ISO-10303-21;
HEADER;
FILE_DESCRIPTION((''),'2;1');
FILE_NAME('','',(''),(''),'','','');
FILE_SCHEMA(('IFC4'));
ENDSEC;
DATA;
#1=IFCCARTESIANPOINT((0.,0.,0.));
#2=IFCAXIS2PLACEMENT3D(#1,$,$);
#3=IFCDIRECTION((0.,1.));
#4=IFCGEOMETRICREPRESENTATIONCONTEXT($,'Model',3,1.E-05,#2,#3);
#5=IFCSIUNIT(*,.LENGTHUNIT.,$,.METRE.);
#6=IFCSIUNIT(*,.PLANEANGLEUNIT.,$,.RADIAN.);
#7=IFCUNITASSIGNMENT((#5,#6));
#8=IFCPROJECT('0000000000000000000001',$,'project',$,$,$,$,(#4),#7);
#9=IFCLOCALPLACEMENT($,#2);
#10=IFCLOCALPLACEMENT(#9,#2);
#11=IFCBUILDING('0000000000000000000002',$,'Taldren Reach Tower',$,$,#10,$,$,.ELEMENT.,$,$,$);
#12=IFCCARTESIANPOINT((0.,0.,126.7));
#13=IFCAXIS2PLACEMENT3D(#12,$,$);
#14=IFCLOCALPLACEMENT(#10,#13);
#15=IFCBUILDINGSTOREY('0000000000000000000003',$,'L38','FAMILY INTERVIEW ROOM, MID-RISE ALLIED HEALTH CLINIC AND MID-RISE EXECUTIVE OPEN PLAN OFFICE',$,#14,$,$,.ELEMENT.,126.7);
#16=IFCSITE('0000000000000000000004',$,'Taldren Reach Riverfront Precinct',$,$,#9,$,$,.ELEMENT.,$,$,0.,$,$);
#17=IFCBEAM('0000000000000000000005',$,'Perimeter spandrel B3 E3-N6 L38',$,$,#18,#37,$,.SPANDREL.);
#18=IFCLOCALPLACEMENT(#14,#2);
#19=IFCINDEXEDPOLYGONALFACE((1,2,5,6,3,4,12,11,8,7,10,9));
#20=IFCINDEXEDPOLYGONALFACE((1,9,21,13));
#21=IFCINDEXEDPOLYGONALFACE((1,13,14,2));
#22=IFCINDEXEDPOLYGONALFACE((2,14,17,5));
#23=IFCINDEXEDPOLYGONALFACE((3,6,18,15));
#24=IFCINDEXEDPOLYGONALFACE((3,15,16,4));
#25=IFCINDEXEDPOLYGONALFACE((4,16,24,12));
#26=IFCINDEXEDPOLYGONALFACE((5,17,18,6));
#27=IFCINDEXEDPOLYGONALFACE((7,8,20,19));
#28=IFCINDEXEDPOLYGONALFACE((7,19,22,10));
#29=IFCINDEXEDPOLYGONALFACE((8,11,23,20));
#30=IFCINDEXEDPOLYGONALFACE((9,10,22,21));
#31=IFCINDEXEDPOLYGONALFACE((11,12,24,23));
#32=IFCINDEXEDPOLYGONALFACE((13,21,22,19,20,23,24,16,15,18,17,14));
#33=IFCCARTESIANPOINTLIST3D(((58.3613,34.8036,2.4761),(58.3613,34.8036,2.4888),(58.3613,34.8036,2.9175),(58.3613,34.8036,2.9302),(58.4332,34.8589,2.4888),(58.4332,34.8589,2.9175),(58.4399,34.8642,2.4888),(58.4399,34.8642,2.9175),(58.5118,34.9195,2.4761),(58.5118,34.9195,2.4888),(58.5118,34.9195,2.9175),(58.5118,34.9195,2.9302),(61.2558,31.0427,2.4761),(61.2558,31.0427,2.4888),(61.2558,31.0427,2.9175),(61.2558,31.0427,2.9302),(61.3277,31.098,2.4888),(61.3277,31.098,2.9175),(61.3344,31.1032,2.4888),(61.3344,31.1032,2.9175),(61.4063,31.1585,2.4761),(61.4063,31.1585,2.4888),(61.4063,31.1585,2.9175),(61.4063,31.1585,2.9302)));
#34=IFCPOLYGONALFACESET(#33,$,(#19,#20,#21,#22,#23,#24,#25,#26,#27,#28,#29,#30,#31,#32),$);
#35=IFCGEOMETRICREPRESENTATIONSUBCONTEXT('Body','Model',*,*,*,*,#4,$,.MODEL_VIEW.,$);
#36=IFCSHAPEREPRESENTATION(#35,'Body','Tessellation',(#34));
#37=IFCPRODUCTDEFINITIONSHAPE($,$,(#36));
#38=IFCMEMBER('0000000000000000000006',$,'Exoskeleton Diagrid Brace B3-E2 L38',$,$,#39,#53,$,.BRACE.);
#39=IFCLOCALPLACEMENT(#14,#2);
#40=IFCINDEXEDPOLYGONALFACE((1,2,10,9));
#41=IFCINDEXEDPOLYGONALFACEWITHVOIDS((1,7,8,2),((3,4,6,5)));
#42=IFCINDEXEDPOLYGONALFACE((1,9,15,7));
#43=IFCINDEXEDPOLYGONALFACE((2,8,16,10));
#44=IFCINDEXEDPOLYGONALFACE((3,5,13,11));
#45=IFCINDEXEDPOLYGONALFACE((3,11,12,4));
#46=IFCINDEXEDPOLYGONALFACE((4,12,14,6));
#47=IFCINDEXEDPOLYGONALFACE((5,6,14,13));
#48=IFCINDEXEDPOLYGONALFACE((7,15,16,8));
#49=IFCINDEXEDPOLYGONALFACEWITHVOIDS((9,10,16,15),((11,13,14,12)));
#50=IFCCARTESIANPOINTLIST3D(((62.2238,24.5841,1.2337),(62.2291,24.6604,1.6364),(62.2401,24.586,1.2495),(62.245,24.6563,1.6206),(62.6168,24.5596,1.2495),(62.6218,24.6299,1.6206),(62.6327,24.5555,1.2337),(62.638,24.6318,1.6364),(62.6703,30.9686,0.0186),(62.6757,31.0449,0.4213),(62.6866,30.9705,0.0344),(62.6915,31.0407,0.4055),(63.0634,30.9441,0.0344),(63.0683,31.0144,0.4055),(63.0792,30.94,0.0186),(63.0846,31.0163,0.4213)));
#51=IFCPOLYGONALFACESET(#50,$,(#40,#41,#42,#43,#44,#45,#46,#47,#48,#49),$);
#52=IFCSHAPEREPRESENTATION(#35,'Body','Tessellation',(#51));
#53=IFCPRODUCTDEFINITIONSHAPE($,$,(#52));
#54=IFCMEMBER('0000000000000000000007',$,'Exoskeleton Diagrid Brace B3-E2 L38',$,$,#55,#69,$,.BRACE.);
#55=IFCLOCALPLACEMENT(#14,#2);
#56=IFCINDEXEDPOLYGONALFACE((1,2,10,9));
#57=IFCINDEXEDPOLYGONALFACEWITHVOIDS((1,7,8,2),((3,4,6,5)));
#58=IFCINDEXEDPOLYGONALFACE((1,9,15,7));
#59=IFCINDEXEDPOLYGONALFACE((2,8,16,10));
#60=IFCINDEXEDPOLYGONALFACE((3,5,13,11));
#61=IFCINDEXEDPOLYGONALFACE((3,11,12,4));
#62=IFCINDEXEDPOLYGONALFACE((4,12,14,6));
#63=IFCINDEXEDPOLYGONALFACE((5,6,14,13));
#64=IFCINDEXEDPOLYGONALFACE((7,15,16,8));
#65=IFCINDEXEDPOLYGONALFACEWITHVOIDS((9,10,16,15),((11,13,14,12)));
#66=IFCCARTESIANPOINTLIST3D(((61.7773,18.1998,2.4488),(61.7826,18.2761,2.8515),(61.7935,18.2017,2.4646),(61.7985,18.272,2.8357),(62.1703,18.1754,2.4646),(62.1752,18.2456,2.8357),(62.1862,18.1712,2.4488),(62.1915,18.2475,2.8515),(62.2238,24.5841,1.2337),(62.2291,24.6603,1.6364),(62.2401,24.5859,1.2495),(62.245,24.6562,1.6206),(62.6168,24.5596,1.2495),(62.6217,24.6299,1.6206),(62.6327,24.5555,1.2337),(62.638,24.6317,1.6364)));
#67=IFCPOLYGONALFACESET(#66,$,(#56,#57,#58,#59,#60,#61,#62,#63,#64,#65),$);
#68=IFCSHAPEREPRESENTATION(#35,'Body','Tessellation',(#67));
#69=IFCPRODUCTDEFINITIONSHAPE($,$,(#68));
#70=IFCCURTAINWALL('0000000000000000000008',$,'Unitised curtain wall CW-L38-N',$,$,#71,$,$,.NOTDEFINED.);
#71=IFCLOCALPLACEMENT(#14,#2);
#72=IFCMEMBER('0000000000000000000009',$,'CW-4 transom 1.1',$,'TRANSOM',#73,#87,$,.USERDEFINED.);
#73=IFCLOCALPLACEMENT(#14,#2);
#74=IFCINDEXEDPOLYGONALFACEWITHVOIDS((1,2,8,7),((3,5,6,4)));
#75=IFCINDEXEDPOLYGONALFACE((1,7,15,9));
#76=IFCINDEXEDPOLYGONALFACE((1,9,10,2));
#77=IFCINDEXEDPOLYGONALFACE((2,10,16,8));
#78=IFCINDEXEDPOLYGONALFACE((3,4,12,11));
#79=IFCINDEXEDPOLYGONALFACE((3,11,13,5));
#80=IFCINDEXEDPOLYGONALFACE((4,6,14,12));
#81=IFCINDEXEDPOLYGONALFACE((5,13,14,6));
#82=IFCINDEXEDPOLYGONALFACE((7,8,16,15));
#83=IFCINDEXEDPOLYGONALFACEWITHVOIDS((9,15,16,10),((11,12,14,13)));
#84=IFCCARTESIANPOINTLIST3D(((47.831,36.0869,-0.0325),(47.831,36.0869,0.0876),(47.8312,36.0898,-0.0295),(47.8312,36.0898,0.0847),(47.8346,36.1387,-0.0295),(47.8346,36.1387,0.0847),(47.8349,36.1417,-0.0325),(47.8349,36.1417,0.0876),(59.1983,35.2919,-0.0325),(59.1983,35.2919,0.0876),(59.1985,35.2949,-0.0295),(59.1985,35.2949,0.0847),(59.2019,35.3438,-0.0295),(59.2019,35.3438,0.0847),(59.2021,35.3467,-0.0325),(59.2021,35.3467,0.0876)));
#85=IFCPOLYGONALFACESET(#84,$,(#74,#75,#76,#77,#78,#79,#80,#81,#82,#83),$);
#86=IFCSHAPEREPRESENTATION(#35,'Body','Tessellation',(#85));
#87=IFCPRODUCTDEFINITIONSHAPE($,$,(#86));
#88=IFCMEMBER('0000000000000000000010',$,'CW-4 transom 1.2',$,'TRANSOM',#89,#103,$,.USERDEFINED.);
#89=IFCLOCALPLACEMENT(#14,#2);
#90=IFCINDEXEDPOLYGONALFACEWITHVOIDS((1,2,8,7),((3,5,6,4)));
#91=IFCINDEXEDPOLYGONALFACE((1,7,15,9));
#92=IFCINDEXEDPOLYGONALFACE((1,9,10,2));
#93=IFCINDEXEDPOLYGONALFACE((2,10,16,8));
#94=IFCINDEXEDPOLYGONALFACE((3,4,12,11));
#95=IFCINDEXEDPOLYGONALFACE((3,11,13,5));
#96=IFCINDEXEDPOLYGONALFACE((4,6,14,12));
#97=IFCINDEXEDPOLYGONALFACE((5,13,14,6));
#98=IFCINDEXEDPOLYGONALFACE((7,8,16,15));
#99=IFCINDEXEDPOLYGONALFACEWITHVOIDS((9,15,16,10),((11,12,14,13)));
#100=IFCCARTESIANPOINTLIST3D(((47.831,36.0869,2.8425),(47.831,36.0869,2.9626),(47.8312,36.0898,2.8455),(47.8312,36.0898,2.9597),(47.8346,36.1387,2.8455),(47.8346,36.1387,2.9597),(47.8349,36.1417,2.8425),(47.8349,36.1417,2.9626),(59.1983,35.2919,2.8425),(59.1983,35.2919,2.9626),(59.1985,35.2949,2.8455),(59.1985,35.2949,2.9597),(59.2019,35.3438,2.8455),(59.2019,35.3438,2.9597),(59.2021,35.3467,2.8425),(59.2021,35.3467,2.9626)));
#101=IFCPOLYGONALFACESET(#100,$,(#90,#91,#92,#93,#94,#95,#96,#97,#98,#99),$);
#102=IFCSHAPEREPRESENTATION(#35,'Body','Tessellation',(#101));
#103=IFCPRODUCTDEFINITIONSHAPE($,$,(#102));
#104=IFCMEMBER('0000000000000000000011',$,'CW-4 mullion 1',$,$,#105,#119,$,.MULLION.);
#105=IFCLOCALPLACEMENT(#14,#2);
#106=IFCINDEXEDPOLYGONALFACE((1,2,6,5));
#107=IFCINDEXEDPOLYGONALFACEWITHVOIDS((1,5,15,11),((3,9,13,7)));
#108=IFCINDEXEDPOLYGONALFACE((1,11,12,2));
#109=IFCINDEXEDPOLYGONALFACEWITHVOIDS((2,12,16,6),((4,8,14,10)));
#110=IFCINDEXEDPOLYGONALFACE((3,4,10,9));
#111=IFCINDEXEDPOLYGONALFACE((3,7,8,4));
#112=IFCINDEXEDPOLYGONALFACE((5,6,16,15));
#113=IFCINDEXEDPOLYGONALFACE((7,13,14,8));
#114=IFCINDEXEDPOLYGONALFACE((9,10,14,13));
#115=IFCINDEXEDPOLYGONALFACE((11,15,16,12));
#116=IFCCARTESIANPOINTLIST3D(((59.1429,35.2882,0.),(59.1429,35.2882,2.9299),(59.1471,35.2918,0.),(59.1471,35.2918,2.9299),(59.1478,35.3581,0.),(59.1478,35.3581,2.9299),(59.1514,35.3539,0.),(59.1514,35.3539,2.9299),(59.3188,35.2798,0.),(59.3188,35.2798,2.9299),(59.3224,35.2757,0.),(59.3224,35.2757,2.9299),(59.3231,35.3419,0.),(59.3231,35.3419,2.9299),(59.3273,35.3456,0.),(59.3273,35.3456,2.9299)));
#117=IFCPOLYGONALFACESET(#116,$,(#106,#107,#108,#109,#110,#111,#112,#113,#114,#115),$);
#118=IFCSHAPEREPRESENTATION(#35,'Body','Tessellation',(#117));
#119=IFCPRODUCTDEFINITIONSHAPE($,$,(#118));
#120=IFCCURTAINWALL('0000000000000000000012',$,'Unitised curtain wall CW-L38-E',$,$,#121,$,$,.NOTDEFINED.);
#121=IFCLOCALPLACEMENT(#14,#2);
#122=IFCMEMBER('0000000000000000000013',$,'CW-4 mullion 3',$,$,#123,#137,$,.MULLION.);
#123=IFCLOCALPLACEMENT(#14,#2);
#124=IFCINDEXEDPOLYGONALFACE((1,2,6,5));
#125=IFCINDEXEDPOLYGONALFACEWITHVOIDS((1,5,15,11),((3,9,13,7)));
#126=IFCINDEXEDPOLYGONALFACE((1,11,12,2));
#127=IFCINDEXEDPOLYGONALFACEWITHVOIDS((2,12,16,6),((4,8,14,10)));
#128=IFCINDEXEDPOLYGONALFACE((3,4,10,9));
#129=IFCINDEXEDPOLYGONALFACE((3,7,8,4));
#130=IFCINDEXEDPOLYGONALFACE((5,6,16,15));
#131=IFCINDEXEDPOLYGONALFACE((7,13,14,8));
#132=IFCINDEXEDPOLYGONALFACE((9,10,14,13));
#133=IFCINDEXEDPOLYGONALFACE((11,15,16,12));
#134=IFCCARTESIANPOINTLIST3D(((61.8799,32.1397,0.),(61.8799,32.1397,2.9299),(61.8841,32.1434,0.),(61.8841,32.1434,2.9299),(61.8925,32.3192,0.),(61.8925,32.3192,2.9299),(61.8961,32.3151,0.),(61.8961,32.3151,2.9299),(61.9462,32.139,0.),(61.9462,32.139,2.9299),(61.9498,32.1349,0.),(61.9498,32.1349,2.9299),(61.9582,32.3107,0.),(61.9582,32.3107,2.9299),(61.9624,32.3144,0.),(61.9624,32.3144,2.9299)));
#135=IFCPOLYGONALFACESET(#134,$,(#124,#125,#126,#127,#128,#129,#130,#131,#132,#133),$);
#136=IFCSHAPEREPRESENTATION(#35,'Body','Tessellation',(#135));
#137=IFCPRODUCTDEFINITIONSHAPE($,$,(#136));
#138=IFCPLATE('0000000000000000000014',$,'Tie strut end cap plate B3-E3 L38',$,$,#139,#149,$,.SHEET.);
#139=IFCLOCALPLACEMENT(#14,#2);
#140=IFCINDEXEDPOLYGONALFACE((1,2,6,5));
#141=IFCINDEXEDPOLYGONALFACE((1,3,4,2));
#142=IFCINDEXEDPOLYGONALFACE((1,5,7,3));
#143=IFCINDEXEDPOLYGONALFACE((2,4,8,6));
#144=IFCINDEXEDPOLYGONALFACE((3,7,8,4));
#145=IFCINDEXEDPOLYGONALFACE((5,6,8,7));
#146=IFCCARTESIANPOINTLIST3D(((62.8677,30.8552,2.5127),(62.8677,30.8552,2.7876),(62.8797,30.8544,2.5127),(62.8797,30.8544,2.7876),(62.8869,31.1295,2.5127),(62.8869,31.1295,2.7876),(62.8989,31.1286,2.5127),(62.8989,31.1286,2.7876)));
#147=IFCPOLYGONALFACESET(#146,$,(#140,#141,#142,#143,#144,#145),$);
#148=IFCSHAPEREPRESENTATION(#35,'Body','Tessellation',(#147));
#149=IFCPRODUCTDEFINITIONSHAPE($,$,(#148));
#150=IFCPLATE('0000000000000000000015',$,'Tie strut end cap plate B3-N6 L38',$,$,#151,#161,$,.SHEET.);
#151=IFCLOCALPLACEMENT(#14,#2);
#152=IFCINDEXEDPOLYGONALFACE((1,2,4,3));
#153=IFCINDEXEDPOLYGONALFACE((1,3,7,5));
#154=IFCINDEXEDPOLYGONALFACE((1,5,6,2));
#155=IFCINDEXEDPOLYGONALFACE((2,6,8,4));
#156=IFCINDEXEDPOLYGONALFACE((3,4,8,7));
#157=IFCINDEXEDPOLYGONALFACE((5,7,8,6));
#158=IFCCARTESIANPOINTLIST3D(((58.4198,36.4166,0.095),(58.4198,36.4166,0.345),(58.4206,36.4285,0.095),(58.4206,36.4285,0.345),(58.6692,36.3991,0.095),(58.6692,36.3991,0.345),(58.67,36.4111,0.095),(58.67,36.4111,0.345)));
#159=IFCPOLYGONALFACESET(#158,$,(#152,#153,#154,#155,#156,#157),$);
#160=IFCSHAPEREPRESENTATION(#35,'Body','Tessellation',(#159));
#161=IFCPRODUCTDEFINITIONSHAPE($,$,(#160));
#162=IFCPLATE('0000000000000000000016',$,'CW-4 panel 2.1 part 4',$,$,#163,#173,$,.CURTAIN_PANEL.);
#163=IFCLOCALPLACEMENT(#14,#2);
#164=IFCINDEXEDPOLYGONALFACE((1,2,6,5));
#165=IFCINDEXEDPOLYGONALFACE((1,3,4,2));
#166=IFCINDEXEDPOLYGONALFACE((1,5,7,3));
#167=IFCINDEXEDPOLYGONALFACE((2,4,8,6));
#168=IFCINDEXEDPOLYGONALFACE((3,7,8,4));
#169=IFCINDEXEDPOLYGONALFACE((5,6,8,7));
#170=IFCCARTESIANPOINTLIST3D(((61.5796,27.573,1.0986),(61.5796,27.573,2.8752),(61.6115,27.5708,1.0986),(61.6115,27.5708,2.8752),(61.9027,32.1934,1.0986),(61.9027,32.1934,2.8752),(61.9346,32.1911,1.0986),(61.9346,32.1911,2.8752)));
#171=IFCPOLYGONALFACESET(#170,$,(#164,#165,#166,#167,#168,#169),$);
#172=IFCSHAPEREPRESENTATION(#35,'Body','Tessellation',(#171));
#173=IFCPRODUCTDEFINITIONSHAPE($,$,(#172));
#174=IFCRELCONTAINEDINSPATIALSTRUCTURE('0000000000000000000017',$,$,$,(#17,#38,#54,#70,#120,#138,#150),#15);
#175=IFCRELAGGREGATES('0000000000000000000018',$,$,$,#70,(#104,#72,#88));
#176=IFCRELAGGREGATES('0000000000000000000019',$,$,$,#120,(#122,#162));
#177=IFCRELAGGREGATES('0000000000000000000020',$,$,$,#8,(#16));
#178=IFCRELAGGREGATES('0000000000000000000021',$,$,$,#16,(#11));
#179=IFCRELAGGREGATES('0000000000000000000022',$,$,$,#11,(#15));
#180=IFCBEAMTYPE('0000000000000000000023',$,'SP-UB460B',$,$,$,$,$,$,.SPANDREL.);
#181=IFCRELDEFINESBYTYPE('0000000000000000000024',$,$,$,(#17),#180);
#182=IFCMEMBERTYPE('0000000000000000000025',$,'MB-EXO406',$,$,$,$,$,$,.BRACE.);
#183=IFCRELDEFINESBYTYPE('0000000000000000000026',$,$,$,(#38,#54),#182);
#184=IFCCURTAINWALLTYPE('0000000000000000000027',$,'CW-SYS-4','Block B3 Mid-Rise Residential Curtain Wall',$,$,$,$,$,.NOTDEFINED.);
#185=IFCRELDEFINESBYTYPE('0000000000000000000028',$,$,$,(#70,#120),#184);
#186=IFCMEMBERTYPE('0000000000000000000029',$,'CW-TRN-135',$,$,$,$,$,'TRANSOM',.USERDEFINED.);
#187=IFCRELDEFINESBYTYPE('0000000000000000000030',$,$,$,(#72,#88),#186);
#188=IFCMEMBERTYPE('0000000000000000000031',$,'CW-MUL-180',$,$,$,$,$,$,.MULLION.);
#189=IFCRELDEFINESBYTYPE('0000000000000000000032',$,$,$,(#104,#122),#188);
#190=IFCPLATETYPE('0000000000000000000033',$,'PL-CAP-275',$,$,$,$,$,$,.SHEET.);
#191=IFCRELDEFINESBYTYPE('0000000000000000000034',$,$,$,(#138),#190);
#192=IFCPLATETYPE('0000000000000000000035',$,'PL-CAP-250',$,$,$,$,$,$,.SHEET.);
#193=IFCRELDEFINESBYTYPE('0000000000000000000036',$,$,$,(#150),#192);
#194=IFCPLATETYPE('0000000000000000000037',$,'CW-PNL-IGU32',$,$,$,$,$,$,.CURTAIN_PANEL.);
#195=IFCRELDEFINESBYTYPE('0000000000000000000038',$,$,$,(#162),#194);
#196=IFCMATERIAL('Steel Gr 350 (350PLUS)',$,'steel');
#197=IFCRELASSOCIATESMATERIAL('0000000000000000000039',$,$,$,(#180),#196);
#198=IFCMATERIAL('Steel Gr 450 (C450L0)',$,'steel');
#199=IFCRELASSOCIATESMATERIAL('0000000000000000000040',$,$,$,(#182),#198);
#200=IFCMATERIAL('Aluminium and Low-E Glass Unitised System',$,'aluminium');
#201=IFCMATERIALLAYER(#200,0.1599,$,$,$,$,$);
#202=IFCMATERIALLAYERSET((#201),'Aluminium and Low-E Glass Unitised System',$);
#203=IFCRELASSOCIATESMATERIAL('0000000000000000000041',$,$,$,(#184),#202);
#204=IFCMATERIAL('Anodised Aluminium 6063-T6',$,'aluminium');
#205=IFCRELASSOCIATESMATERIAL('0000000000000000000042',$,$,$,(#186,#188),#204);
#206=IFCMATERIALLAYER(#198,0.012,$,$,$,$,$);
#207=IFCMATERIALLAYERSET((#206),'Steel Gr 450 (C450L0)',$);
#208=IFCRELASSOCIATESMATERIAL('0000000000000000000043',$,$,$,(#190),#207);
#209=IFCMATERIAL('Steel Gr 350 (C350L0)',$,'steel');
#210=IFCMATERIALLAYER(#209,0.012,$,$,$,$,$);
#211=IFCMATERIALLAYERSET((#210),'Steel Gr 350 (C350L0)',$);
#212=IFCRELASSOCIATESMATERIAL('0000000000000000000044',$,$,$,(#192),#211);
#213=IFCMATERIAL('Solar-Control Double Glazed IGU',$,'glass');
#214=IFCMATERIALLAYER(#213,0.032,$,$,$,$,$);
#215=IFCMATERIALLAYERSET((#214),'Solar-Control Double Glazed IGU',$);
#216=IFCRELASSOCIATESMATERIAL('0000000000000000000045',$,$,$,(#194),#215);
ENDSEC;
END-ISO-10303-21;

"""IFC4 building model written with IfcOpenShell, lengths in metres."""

from ifc_helpers import new_model, si_unit, direction, frame, origin, origin_2d, place, context, subcontext, project, spatial, rectangle, hollow_rectangle, i_section, extrude, source, transform, mapped, material, layer, layer_set, material_profile, profile_set, type_object, element, aggregate, save


model = new_model("IFC4")

# Units and contexts
model_context = context("Model", 3, precision=1e-05, world=origin(), true_north=direction((0.0, 1.0)))
body_context = subcontext(model_context, "Body", "Model", "MODEL_VIEW")
ifc_project = project(units=[si_unit("LENGTHUNIT", "METRE"), si_unit("PLANEANGLEUNIT", "RADIAN")], contexts=[model_context])

# Site, building, storey
site_placement = place(None, origin())
site = spatial("IfcSite", under=ifc_project, at=site_placement, Name="Taldren Reach Riverfront Precinct", CompositionType="ELEMENT", RefElevation=0.0)
building_placement = place(site_placement, origin())
building = spatial("IfcBuilding", under=site, at=building_placement, Name="Taldren Reach Tower", CompositionType="ELEMENT")
storey_placement = place(building_placement, frame((0.0, 0.0, 126.7)))
storey = spatial("IfcBuildingStorey", under=building, at=storey_placement, Name="L38", Description="FAMILY INTERVIEW ROOM, MID-RISE ALLIED HEALTH CLINIC AND MID-RISE EXECUTIVE OPEN PLAN OFFICE", CompositionType="ELEMENT", Elevation=126.7)

# Shared definitions
ifc_material_1 = material(Name="Steel Gr 450 (C450L0)", Category="steel")
ifc_material_2 = material(Name="Steel Gr 350 (350PLUS)", Category="steel")

# Shared definitions
ifc_material_3 = material(Name="Steel Gr 350 (C350L0)", Category="steel")

# Beam
ifc_material_profile_1 = material_profile(ifc_material_2, i_section(OverallWidth=0.1899, OverallDepth=0.4541, WebThickness=0.0085, FlangeThickness=0.0127, at=origin_2d()), Name="460UB67.1")
ifc_profile_set_1 = profile_set([ifc_material_profile_1], Name="Steel Gr 350 (350PLUS)")
beam_type = type_object("IfcBeamType", Name="SP-UB460B", PredefinedType="SPANDREL", material=ifc_profile_set_1)
shared_shape_1 = source(origin(), body_context, "Body", "SweptSolid", [
    extrude(i_section(OverallWidth=0.1899, OverallDepth=0.4541, WebThickness=0.0085, FlangeThickness=0.0127, at=origin_2d()), origin(), (0.0, 0.0, 1.0), 4.7458),
])
beam_1_placement = place(storey_placement, frame((61.3311, 31.1006, 2.7031), z_axis=(-0.609905, 0.792475, 0.0), x_axis=(-0.792475, -0.609905, 0.0)))
element("IfcBeam", 1, at=beam_1_placement, inside=storey, type_object=beam_type, Name="Perimeter spandrel B3 E3-N6 L38", PredefinedType="SPANDREL", context=body_context, shape_type="MappedRepresentation", body=[
    mapped(shared_shape_1, transform((0.0, 0.0, 0.0), scale=1.0)),
])

# Members
ifc_material_profile_2 = material_profile(ifc_material_1, hollow_rectangle(XDim=0.4099, YDim=0.4099, WallThickness=0.0161, at=origin_2d()), Name="410x410x16.0SHS")
ifc_profile_set_2 = profile_set([ifc_material_profile_2], Name="Steel Gr 450 (C450L0)")
member_type_1 = type_object("IfcMemberType", Name="MB-EXO406", PredefinedType="BRACE", material=ifc_profile_set_2)
shared_shape_2 = source(origin(), body_context, "Body", "SweptSolid", [
    extrude(hollow_rectangle(XDim=0.4099, YDim=0.4099, WallThickness=0.0161, at=origin_2d()), origin(), (0.0, 0.0, 1.0), 6.5144),
])
member_1_placement = place(storey_placement, frame((62.8774, 30.9924, 0.22), z_axis=(-0.068545, -0.980057, 0.186522), x_axis=(0.997563, -0.06977, 0.0)))
element("IfcMember", 2, at=member_1_placement, inside=storey, type_object=member_type_1, Name="Exoskeleton Diagrid Brace B3-E2 L38", PredefinedType="BRACE", context=body_context, shape_type="MappedRepresentation", body=[
    mapped(shared_shape_2, transform((0.0, 0.0, 0.0), scale=1.0)),
])
shared_shape_3 = source(origin(), body_context, "Body", "SweptSolid", [
    extrude(hollow_rectangle(XDim=0.4099, YDim=0.4099, WallThickness=0.0161, at=origin_2d()), origin(), (0.0, 0.0, 1.0), 6.5142),
])
member_2_placement = place(storey_placement, frame((62.4309, 24.6079, 1.4351), z_axis=(-0.068548, -0.980055, 0.186529), x_axis=(0.997563, -0.069772, 0.0)))
element("IfcMember", 3, at=member_2_placement, inside=storey, type_object=member_type_1, Name="Exoskeleton Diagrid Brace B3-E2 L38", PredefinedType="BRACE", context=body_context, shape_type="MappedRepresentation", body=[
    mapped(shared_shape_3, transform((0.0, 0.0, 0.0), scale=1.0)),
])

# Curtain wall, members
ifc_material_4 = material(Name="Aluminium and Low-E Glass Unitised System", Category="aluminium")
ifc_layer_1 = layer(ifc_material_4, 0.1599)
ifc_layer_set_1 = layer_set([ifc_layer_1], Name="Aluminium and Low-E Glass Unitised System")
curtain_wall_type = type_object("IfcCurtainWallType", Name="CW-SYS-4", Description="Block B3 Mid-Rise Residential Curtain Wall", PredefinedType="NOTDEFINED", material=ifc_layer_set_1)
curtain_wall_1_placement = place(storey_placement, origin())
curtain_wall_1 = element("IfcCurtainWall", 4, at=curtain_wall_1_placement, inside=storey, type_object=curtain_wall_type, Name="Unitised curtain wall CW-L38-N", PredefinedType="NOTDEFINED")
ifc_material_5 = material(Name="Anodised Aluminium 6063-T6", Category="aluminium")
ifc_material_profile_3 = material_profile(ifc_material_5, hollow_rectangle(XDim=0.0549, YDim=0.1201, WallThickness=0.0029, at=origin_2d()), Name="ALU-120x55x3RHS")
ifc_profile_set_3 = profile_set([ifc_material_profile_3], Name="Anodised Aluminium 6063-T6")
member_type_2 = type_object("IfcMemberType", Name="CW-TRN-135", ElementType="TRANSOM", PredefinedType="USERDEFINED", material=ifc_profile_set_3)
shared_shape_4 = source(origin(), body_context, "Body", "SweptSolid", [
    extrude(hollow_rectangle(XDim=0.0549, YDim=0.1201, WallThickness=0.0029, at=origin_2d()), origin(), (0.0, 0.0, 1.0), 11.395),
])
member_3_placement = place(storey_placement, frame((59.2002, 35.3193, 0.0276), z_axis=(-0.997564, 0.069761, 0.0), x_axis=(-0.069761, -0.997564, 0.0)))
member_3 = element("IfcMember", 5, at=member_3_placement, type_object=member_type_2, Name="CW-4 transom 1.1", ObjectType="TRANSOM", PredefinedType="USERDEFINED", context=body_context, shape_type="MappedRepresentation", body=[
    mapped(shared_shape_4, transform((0.0, 0.0, 0.0), scale=1.0)),
])
member_4_placement = place(storey_placement, frame((59.2002, 35.3193, 2.9026), z_axis=(-0.997564, 0.069761, 0.0), x_axis=(-0.069761, -0.997564, 0.0)))
member_4 = element("IfcMember", 6, at=member_4_placement, type_object=member_type_2, Name="CW-4 transom 1.2", ObjectType="TRANSOM", PredefinedType="USERDEFINED", context=body_context, shape_type="MappedRepresentation", body=[
    mapped(shared_shape_4, transform((0.0, 0.0, 0.0), scale=1.0)),
])
ifc_material_profile_4 = material_profile(ifc_material_5, hollow_rectangle(XDim=0.0701, YDim=0.1799, WallThickness=0.0039, at=origin_2d()), Name="ALU-180x70x4RHS")
ifc_profile_set_4 = profile_set([ifc_material_profile_4], Name="Anodised Aluminium 6063-T6")
member_type_3 = type_object("IfcMemberType", Name="CW-MUL-180", PredefinedType="MULLION", material=ifc_profile_set_4)
shared_shape_5 = source(origin(), body_context, "Body", "SweptSolid", [
    extrude(hollow_rectangle(XDim=0.0701, YDim=0.1799, WallThickness=0.0039, at=origin_2d()), origin(), (0.0, 0.0, 1.0), 2.9299),
])
member_5_placement = place(storey_placement, frame((59.2351, 35.3169, 0.0), z_axis=(0.0, 0.0, 1.0), x_axis=(-0.069757, -0.997564, 0.0)))
member_5 = element("IfcMember", 7, at=member_5_placement, type_object=member_type_3, Name="CW-4 mullion 1", PredefinedType="MULLION", context=body_context, shape_type="MappedRepresentation", body=[
    mapped(shared_shape_5, transform((0.0, 0.0, 0.0), scale=1.0)),
])
aggregate(curtain_wall_1, [member_5, member_3, member_4])

# Curtain wall, member
curtain_wall_2_placement = place(storey_placement, origin())
curtain_wall_2 = element("IfcCurtainWall", 8, at=curtain_wall_2_placement, inside=storey, type_object=curtain_wall_type, Name="Unitised curtain wall CW-L38-E", PredefinedType="NOTDEFINED")
member_6_placement = place(storey_placement, frame((61.9211, 32.2271, 0.0), z_axis=(0.0, 0.0, 1.0), x_axis=(-0.997564, 0.069756, 0.0)))
member_6 = element("IfcMember", 9, at=member_6_placement, type_object=member_type_3, Name="CW-4 mullion 3", PredefinedType="MULLION", context=body_context, shape_type="MappedRepresentation", body=[
    mapped(shared_shape_5, transform((0.0, 0.0, 0.0), scale=1.0)),
])

# Plates
ifc_layer_2 = layer(ifc_material_1, 0.012)
ifc_layer_set_2 = layer_set([ifc_layer_2], Name="Steel Gr 450 (C450L0)")
plate_type_1 = type_object("IfcPlateType", Name="PL-CAP-275", PredefinedType="SHEET", material=ifc_layer_set_2)
shared_shape_6 = source(origin(), body_context, "Body", "SweptSolid", [
    extrude(rectangle(XDim=0.012, YDim=0.2749, at=origin_2d()), origin(), (0.0, 0.0, 1.0), 0.2749),
])
plate_1_placement = place(storey_placement, frame((62.8833, 30.9919, 2.5127), z_axis=(0.0, 0.0, 1.0), x_axis=(0.997564, -0.069756, 0.0)))
element("IfcPlate", 10, at=plate_1_placement, inside=storey, type_object=plate_type_1, Name="Tie strut end cap plate B3-E3 L38", PredefinedType="SHEET", context=body_context, shape_type="MappedRepresentation", body=[
    mapped(shared_shape_6, transform((0.0, 0.0, 0.0), scale=1.0)),
])
ifc_layer_3 = layer(ifc_material_3, 0.012)
ifc_layer_set_3 = layer_set([ifc_layer_3], Name="Steel Gr 350 (C350L0)")
plate_type_2 = type_object("IfcPlateType", Name="PL-CAP-250", PredefinedType="SHEET", material=ifc_layer_set_3)
shared_shape_7 = source(origin(), body_context, "Body", "SweptSolid", [
    extrude(rectangle(XDim=0.25, YDim=0.012, at=origin_2d()), origin(), (0.0, 0.0, 1.0), 0.25),
])
plate_2_placement = place(storey_placement, frame((58.5449, 36.4138, 0.095), z_axis=(0.0, 0.0, 1.0), x_axis=(0.997564, -0.069756, 0.0)))
element("IfcPlate", 11, at=plate_2_placement, inside=storey, type_object=plate_type_2, Name="Tie strut end cap plate B3-N6 L38", PredefinedType="SHEET", context=body_context, shape_type="MappedRepresentation", body=[
    mapped(shared_shape_7, transform((0.0, 0.0, 0.0), scale=1.0)),
])

# Plate
ifc_material_6 = material(Name="Solar-Control Double Glazed IGU", Category="glass")
ifc_layer_4 = layer(ifc_material_6, 0.032)
ifc_layer_set_4 = layer_set([ifc_layer_4], Name="Solar-Control Double Glazed IGU")
plate_type_3 = type_object("IfcPlateType", Name="CW-PNL-IGU32", PredefinedType="CURTAIN_PANEL", material=ifc_layer_set_4)
shared_shape_8 = source(origin(), body_context, "Body", "SweptSolid", [
    extrude(rectangle(XDim=4.6316, YDim=0.032, at=origin_2d()), origin(), (0.0, 0.0, 1.0), 1.7766),
])
plate_3_placement = place(storey_placement, frame((61.7571, 29.8821, 1.0986), z_axis=(0.0, 0.0, 1.0), x_axis=(0.069756, 0.997564, 0.0)))
plate_3 = element("IfcPlate", 12, at=plate_3_placement, type_object=plate_type_3, Name="CW-4 panel 2.1 part 4", PredefinedType="CURTAIN_PANEL", context=body_context, shape_type="MappedRepresentation", body=[
    mapped(shared_shape_8, transform((0.0, 0.0, 0.0), scale=1.0)),
])
aggregate(curtain_wall_2, [member_6, plate_3])

save(model, "model.ifc")
